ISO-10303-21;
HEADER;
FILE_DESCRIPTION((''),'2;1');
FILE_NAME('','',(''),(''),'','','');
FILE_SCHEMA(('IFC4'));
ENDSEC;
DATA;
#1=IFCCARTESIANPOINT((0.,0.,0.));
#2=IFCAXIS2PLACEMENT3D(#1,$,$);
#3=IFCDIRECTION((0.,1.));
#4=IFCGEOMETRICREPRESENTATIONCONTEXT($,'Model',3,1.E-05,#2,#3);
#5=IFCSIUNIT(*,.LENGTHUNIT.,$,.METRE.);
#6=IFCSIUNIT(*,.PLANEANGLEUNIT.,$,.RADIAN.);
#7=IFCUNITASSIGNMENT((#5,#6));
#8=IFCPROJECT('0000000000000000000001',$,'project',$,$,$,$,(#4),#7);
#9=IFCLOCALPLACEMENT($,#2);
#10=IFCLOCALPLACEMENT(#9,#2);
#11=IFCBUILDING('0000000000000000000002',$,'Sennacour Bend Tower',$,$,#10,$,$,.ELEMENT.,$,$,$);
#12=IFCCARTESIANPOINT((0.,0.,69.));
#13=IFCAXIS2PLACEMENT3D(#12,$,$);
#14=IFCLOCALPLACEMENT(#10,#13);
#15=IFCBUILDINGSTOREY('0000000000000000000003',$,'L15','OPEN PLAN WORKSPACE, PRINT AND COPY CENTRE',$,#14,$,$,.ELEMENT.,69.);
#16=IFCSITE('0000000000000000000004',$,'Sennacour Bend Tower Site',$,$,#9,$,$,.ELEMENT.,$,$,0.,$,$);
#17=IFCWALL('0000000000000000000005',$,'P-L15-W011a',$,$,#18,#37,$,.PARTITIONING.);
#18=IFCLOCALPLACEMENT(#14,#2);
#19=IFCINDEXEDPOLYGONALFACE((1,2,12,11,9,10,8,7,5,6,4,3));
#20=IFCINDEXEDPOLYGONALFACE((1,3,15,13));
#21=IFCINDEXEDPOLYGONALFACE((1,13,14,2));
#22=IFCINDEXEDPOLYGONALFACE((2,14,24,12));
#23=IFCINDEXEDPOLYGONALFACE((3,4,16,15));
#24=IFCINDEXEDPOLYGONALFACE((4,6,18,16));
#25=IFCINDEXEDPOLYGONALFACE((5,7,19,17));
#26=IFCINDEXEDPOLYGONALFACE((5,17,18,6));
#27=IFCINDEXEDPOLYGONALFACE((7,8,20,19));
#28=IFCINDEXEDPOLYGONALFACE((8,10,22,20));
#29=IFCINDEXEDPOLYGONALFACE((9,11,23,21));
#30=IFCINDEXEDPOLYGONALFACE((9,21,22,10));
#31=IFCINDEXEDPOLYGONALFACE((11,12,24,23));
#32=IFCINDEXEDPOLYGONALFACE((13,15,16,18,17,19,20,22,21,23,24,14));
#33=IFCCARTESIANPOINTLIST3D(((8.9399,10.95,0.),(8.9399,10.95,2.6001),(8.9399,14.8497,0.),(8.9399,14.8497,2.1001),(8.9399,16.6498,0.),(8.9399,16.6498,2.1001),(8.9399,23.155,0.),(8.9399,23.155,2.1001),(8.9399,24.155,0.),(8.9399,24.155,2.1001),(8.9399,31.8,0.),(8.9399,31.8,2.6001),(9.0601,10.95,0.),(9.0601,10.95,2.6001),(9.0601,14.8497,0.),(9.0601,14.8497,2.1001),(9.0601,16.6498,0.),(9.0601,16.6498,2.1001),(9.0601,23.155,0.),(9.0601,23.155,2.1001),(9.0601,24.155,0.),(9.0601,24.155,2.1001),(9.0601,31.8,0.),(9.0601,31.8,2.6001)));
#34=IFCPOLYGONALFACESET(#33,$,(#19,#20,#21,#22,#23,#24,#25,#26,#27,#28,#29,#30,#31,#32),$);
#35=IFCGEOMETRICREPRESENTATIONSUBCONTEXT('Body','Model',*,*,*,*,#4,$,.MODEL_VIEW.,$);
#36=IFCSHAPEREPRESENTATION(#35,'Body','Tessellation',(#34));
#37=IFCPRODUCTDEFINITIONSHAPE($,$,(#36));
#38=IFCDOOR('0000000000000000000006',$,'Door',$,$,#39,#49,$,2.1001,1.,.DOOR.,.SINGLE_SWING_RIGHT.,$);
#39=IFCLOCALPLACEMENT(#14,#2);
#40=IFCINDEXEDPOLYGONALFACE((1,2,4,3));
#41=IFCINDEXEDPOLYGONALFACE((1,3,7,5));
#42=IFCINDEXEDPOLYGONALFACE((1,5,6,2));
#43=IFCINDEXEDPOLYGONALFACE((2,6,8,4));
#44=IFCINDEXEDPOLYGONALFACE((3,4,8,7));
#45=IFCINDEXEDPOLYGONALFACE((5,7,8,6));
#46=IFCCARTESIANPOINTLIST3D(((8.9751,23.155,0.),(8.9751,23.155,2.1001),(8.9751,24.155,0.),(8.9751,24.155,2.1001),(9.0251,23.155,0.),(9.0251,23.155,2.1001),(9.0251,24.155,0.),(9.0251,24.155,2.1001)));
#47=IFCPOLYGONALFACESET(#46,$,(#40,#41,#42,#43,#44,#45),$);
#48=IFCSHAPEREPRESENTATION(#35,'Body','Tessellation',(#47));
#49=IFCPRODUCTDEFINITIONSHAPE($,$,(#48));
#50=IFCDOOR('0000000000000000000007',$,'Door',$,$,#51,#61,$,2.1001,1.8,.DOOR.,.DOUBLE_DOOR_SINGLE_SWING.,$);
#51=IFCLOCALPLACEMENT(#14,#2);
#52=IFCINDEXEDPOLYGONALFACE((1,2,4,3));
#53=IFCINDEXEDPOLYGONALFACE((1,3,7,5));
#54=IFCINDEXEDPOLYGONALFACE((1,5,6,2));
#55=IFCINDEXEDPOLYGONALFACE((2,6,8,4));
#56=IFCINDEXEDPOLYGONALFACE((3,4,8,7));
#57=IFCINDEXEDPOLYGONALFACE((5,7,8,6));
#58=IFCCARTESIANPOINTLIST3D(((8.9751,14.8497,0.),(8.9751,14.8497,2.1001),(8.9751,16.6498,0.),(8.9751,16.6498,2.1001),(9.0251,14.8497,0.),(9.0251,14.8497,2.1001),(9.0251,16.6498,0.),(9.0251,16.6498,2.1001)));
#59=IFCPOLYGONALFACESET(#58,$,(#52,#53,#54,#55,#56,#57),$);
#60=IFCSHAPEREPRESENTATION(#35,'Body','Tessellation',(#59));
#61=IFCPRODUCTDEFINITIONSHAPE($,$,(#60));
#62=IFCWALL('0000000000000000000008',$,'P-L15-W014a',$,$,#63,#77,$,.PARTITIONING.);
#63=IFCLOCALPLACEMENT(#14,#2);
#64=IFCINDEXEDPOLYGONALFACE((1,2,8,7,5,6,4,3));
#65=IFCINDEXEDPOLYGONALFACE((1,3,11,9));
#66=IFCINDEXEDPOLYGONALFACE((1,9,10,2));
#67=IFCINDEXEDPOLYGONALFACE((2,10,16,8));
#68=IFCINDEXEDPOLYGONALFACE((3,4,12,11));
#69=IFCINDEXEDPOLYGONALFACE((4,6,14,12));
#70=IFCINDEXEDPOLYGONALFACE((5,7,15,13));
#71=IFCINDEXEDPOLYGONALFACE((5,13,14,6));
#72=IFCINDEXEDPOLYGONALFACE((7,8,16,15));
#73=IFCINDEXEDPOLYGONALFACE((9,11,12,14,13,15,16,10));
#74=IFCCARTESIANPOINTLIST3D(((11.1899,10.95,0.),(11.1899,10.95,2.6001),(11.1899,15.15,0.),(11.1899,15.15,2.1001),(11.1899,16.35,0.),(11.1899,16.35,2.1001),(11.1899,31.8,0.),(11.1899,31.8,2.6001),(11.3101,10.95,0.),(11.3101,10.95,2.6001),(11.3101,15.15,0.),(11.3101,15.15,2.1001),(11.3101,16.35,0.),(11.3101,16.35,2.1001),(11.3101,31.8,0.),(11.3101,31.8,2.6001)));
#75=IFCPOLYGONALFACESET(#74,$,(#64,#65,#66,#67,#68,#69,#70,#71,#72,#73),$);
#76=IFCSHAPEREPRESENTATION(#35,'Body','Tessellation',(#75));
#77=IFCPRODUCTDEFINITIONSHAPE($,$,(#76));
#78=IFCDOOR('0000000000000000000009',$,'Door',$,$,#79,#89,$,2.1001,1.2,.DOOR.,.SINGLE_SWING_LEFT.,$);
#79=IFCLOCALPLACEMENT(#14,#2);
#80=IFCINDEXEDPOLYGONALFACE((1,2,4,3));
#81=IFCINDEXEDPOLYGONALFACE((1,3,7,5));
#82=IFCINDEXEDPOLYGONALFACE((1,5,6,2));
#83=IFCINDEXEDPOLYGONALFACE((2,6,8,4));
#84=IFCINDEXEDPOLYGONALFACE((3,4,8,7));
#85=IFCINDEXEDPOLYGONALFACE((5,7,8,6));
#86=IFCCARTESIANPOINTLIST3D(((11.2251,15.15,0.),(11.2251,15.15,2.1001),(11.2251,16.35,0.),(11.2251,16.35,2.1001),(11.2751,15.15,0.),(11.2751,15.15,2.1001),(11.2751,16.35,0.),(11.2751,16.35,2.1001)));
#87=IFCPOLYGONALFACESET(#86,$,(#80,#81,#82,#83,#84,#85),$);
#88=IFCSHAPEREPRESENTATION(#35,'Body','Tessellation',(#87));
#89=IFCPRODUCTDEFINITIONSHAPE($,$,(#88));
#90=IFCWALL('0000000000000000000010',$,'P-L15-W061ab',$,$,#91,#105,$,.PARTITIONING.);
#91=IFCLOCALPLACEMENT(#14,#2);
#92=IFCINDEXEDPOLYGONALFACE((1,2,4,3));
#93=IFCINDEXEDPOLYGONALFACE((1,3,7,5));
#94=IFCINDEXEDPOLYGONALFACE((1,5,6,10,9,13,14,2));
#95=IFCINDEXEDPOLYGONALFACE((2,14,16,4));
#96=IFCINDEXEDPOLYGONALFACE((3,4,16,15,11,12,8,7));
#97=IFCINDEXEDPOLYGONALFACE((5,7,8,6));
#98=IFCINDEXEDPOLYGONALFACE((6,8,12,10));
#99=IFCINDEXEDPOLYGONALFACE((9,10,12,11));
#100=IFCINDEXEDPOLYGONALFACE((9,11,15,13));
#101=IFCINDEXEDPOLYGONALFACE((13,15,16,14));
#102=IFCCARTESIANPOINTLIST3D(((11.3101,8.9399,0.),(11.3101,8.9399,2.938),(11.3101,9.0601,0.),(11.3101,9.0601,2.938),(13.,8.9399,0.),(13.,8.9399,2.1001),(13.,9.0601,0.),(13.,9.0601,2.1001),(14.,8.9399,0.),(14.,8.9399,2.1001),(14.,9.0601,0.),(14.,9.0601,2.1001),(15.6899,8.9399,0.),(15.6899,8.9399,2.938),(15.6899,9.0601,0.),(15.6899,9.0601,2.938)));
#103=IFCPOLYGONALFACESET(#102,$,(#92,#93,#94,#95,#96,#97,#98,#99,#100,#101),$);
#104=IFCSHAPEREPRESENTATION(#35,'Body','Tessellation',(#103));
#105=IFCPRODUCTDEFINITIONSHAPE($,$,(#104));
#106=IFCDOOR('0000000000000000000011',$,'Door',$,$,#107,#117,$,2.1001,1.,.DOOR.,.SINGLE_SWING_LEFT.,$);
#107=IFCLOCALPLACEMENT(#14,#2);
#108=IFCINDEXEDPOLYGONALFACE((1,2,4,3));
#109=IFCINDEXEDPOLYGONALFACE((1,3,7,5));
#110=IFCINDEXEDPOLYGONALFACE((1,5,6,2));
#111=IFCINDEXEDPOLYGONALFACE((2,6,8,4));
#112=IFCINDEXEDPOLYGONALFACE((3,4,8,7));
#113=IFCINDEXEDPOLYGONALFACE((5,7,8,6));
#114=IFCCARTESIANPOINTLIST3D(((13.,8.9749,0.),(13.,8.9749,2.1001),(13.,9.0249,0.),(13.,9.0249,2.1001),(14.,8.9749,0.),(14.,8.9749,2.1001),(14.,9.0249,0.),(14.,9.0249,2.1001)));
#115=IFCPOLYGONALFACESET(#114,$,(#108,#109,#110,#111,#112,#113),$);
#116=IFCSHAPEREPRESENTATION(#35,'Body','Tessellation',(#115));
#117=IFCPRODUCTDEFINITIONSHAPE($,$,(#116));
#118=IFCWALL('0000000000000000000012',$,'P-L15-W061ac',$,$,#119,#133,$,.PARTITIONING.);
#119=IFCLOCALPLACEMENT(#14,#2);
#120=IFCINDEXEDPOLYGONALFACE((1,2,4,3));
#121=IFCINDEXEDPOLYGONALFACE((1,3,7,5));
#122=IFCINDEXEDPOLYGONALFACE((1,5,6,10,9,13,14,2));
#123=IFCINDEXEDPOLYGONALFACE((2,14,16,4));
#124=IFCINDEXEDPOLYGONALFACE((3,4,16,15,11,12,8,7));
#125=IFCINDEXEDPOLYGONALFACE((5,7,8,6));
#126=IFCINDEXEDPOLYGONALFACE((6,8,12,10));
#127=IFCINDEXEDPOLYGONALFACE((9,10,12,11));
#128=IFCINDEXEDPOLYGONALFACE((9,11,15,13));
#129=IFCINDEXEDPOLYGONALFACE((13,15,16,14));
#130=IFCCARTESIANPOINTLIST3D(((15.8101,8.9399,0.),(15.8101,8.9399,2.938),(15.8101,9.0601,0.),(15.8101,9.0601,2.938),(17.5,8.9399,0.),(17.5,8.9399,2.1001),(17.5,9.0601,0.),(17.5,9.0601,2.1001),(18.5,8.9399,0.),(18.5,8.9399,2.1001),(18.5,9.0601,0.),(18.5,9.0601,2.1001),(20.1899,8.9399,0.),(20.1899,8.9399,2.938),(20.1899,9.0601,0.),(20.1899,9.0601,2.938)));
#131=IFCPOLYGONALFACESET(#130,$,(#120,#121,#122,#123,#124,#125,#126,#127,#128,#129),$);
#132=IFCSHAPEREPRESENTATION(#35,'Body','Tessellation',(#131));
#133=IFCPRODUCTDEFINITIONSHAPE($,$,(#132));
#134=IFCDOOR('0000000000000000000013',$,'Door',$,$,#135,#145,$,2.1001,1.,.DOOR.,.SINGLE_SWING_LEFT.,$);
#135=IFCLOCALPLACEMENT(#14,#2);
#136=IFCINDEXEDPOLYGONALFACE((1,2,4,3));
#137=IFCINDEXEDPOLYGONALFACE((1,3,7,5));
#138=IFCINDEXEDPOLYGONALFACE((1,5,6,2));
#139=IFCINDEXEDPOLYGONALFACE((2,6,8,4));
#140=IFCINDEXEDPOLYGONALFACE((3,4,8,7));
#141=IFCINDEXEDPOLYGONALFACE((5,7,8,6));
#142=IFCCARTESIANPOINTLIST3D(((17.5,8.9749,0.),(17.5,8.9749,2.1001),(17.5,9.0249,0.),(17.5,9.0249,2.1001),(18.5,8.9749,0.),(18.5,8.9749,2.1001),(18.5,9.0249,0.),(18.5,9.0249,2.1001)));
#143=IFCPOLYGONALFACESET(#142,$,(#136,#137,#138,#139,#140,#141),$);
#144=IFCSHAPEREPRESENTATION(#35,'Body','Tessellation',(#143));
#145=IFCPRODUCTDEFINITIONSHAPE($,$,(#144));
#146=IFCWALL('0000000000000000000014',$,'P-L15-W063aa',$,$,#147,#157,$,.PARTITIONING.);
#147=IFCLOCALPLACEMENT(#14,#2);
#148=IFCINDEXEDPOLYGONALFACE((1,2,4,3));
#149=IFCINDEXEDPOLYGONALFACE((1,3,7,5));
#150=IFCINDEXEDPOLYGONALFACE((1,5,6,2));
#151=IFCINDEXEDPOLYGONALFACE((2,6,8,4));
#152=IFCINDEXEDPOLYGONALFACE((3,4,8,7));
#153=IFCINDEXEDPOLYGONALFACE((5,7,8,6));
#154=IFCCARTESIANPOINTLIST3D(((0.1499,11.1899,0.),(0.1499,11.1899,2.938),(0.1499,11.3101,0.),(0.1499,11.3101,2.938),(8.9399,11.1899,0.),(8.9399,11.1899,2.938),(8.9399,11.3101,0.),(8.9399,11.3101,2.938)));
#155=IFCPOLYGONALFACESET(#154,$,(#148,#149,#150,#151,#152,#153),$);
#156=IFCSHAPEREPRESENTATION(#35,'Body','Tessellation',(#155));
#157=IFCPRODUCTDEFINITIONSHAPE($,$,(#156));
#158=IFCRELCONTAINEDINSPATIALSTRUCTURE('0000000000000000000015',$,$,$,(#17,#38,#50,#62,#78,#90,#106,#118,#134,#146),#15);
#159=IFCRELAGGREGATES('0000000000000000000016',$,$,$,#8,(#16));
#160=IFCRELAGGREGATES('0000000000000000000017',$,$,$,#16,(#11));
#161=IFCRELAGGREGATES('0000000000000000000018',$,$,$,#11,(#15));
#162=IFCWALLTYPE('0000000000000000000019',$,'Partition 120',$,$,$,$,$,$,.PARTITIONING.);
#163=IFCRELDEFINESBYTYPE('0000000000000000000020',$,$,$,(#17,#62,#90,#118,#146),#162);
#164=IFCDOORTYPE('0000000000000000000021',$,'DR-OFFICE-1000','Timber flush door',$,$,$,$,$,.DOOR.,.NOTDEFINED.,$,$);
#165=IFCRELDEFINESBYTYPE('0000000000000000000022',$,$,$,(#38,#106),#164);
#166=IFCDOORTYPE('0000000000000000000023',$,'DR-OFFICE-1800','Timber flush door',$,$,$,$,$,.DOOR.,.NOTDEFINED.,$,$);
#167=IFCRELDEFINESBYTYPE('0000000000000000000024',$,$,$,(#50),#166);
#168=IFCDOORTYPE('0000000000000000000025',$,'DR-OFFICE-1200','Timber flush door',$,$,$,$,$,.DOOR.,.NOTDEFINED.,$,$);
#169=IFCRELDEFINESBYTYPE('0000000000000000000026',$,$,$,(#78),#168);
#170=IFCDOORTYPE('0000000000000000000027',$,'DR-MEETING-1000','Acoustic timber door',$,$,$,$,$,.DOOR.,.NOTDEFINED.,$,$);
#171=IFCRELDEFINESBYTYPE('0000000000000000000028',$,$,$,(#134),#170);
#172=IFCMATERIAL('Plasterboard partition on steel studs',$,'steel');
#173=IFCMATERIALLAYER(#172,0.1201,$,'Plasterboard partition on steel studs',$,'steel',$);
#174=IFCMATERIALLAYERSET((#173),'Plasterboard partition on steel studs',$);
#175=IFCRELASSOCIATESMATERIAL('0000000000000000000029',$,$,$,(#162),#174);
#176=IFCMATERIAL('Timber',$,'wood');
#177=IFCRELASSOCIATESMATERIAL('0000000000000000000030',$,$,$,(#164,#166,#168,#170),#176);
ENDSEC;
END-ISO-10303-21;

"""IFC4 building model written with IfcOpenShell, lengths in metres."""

from ifc_helpers import new_model, si_unit, direction, frame, frame_2d, origin, place, context, subcontext, project, spatial, rectangle, extrude, material, layer, layer_set, type_object, element, fill, save


model = new_model("IFC4")

# Units and contexts
model_context = context("Model", 3, precision=1e-05, world=origin(), true_north=direction((0.0, 1.0)))
body_context = subcontext(model_context, "Body", "Model", "MODEL_VIEW")
ifc_project = project(units=[si_unit("LENGTHUNIT", "METRE"), si_unit("PLANEANGLEUNIT", "RADIAN")], contexts=[model_context])

# Site, building, storey
site_placement = place(None, origin())
site = spatial("IfcSite", under=ifc_project, at=site_placement, Name="Sennacour Bend Tower Site", CompositionType="ELEMENT", RefElevation=0.0)
building_placement = place(site_placement, origin())
building = spatial("IfcBuilding", under=site, at=building_placement, Name="Sennacour Bend Tower", CompositionType="ELEMENT")
storey_placement = place(building_placement, frame((0.0, 0.0, 69.0)))
storey = spatial("IfcBuildingStorey", under=building, at=storey_placement, Name="L15", Description="OPEN PLAN WORKSPACE, PRINT AND COPY CENTRE", CompositionType="ELEMENT", Elevation=69.0)

# Wall, openings, doors
ifc_material_1 = material(Name="Plasterboard partition on steel studs", Category="steel")
ifc_layer_1 = layer(ifc_material_1, 0.1201, Name="Plasterboard partition on steel studs", Category="steel")
ifc_layer_set_1 = layer_set([ifc_layer_1], Name="Plasterboard partition on steel studs")
wall_type_1 = type_object("IfcWallType", Name="Partition 120", PredefinedType="PARTITIONING", material=ifc_layer_set_1)
wall_1_placement = place(storey_placement, frame((9.0, 10.95, 0.0), z_axis=(0.0, 0.0, 1.0), x_axis=(0.0, 1.0, 0.0)))
wall_1 = element("IfcWall", 1, at=wall_1_placement, inside=storey, type_object=wall_type_1, Name="P-L15-W011a", PredefinedType="PARTITIONING", context=body_context, shape_type="SweptSolid", body=[
    extrude(rectangle(XDim=20.8501, YDim=0.1201, at=frame_2d((10.425, 0.0))), origin(), (0.0, 0.0, 1.0), 2.6001),
])
opening_1_placement = place(wall_1_placement, frame((3.8999, 0.0, 0.0)))
opening_1 = element("IfcOpeningElement", 2, at=opening_1_placement, cuts=wall_1, PredefinedType="OPENING", context=body_context, shape_type="SweptSolid", body=[
    extrude(rectangle(XDim=1.8, YDim=2.1001, at=frame_2d((0.8999, 1.05))), frame((0.0, 0.0701, 0.0), z_axis=(0.0, -1.0, 0.0), x_axis=(1.0, 0.0, 0.0)), (0.0, 0.0, 1.0), 0.1401),
])
opening_2_placement = place(wall_1_placement, frame((12.2051, 0.0, 0.0)))
opening_2 = element("IfcOpeningElement", 3, at=opening_2_placement, cuts=wall_1, PredefinedType="OPENING", context=body_context, shape_type="SweptSolid", body=[
    extrude(rectangle(XDim=1.0, YDim=2.1001, at=frame_2d((0.5, 1.05))), frame((0.0, 0.0701, 0.0), z_axis=(0.0, -1.0, 0.0), x_axis=(1.0, 0.0, 0.0)), (0.0, 0.0, 1.0), 0.1401),
])
ifc_material_2 = material(Name="Timber", Category="wood")
door_type_1 = type_object("IfcDoorType", Name="DR-OFFICE-1000", Description="Timber flush door", OperationType="NOTDEFINED", PredefinedType="DOOR", material=ifc_material_2)
door_1_placement = place(opening_2_placement, origin())
door_1 = element("IfcDoor", 4, at=door_1_placement, inside=storey, type_object=door_type_1, Name="Door", OperationType="SINGLE_SWING_RIGHT", OverallHeight=2.1001, OverallWidth=1.0, PredefinedType="DOOR", context=body_context, shape_type="SweptSolid", body=[
    extrude(rectangle(XDim=1.0, YDim=2.1001, at=frame_2d((0.5, 1.05))), frame((0.0, 0.0249, 0.0), z_axis=(0.0, -1.0, 0.0), x_axis=(1.0, 0.0, 0.0)), (0.0, 0.0, 1.0), 0.05),
])
fill(opening_2, door_1)
door_type_2 = type_object("IfcDoorType", Name="DR-OFFICE-1800", Description="Timber flush door", OperationType="NOTDEFINED", PredefinedType="DOOR", material=ifc_material_2)
door_2_placement = place(opening_1_placement, origin())
door_2 = element("IfcDoor", 5, at=door_2_placement, inside=storey, type_object=door_type_2, Name="Door", OperationType="DOUBLE_DOOR_SINGLE_SWING", OverallHeight=2.1001, OverallWidth=1.8, PredefinedType="DOOR", context=body_context, shape_type="SweptSolid", body=[
    extrude(rectangle(XDim=1.8, YDim=2.1001, at=frame_2d((0.8999, 1.05))), frame((0.0, 0.0249, 0.0), z_axis=(0.0, -1.0, 0.0), x_axis=(1.0, 0.0, 0.0)), (0.0, 0.0, 1.0), 0.05),
])
fill(opening_1, door_2)

# Walls, openings, doors
wall_2_placement = place(storey_placement, frame((11.25, 10.95, 0.0), z_axis=(0.0, 0.0, 1.0), x_axis=(0.0, 1.0, 0.0)))
wall_2 = element("IfcWall", 6, at=wall_2_placement, inside=storey, type_object=wall_type_1, Name="P-L15-W014a", PredefinedType="PARTITIONING", context=body_context, shape_type="SweptSolid", body=[
    extrude(rectangle(XDim=20.8501, YDim=0.1201, at=frame_2d((10.425, 0.0))), origin(), (0.0, 0.0, 1.0), 2.6001),
])
opening_3_placement = place(wall_2_placement, frame((4.2, 0.0, 0.0)))
opening_3 = element("IfcOpeningElement", 7, at=opening_3_placement, cuts=wall_2, PredefinedType="OPENING", context=body_context, shape_type="SweptSolid", body=[
    extrude(rectangle(XDim=1.2, YDim=2.1001, at=frame_2d((0.6001, 1.05))), frame((0.0, 0.0701, 0.0), z_axis=(0.0, -1.0, 0.0), x_axis=(1.0, 0.0, 0.0)), (0.0, 0.0, 1.0), 0.1401),
])
door_type_3 = type_object("IfcDoorType", Name="DR-OFFICE-1200", Description="Timber flush door", OperationType="NOTDEFINED", PredefinedType="DOOR", material=ifc_material_2)
door_3_placement = place(opening_3_placement, origin())
door_3 = element("IfcDoor", 8, at=door_3_placement, inside=storey, type_object=door_type_3, Name="Door", OperationType="SINGLE_SWING_LEFT", OverallHeight=2.1001, OverallWidth=1.2, PredefinedType="DOOR", context=body_context, shape_type="SweptSolid", body=[
    extrude(rectangle(XDim=1.2, YDim=2.1001, at=frame_2d((0.6001, 1.05))), frame((0.0, 0.0249, 0.0), z_axis=(0.0, -1.0, 0.0), x_axis=(1.0, 0.0, 0.0)), (0.0, 0.0, 1.0), 0.05),
])
fill(opening_3, door_3)
wall_3_placement = place(storey_placement, frame((11.3101, 9.0, 0.0), z_axis=(0.0, 0.0, 1.0), x_axis=(1.0, 0.0, 0.0)))
wall_3 = element("IfcWall", 9, at=wall_3_placement, inside=storey, type_object=wall_type_1, Name="P-L15-W061ab", PredefinedType="PARTITIONING", context=body_context, shape_type="SweptSolid", body=[
    extrude(rectangle(XDim=4.3799, YDim=0.1201, at=frame_2d((2.1899, 0.0))), origin(), (0.0, 0.0, 1.0), 2.938),
])
opening_4_placement = place(wall_3_placement, frame((1.6899, 0.0, 0.0)))
opening_4 = element("IfcOpeningElement", 10, at=opening_4_placement, cuts=wall_3, PredefinedType="OPENING", context=body_context, shape_type="SweptSolid", body=[
    extrude(rectangle(XDim=1.0, YDim=2.1001, at=frame_2d((0.5, 1.05))), frame((0.0, 0.0701, 0.0), z_axis=(0.0, -1.0, 0.0), x_axis=(1.0, 0.0, 0.0)), (0.0, 0.0, 1.0), 0.1401),
])
door_4_placement = place(opening_4_placement, origin())
door_4 = element("IfcDoor", 11, at=door_4_placement, inside=storey, type_object=door_type_1, Name="Door", OperationType="SINGLE_SWING_LEFT", OverallHeight=2.1001, OverallWidth=1.0, PredefinedType="DOOR", context=body_context, shape_type="SweptSolid", body=[
    extrude(rectangle(XDim=1.0, YDim=2.1001, at=frame_2d((0.5, 1.05))), frame((0.0, 0.0249, 0.0), z_axis=(0.0, -1.0, 0.0), x_axis=(1.0, 0.0, 0.0)), (0.0, 0.0, 1.0), 0.05),
])
fill(opening_4, door_4)
wall_4_placement = place(storey_placement, frame((15.8101, 9.0, 0.0), z_axis=(0.0, 0.0, 1.0), x_axis=(1.0, 0.0, 0.0)))
wall_4 = element("IfcWall", 12, at=wall_4_placement, inside=storey, type_object=wall_type_1, Name="P-L15-W061ac", PredefinedType="PARTITIONING", context=body_context, shape_type="SweptSolid", body=[
    extrude(rectangle(XDim=4.3799, YDim=0.1201, at=frame_2d((2.1899, 0.0))), origin(), (0.0, 0.0, 1.0), 2.938),
])
opening_5_placement = place(wall_4_placement, frame((1.6899, 0.0, 0.0)))
opening_5 = element("IfcOpeningElement", 13, at=opening_5_placement, cuts=wall_4, PredefinedType="OPENING", context=body_context, shape_type="SweptSolid", body=[
    extrude(rectangle(XDim=1.0, YDim=2.1001, at=frame_2d((0.5, 1.05))), frame((0.0, 0.0701, 0.0), z_axis=(0.0, -1.0, 0.0), x_axis=(1.0, 0.0, 0.0)), (0.0, 0.0, 1.0), 0.1401),
])
door_type_4 = type_object("IfcDoorType", Name="DR-MEETING-1000", Description="Acoustic timber door", OperationType="NOTDEFINED", PredefinedType="DOOR", material=ifc_material_2)
door_5_placement = place(opening_5_placement, origin())
door_5 = element("IfcDoor", 14, at=door_5_placement, inside=storey, type_object=door_type_4, Name="Door", OperationType="SINGLE_SWING_LEFT", OverallHeight=2.1001, OverallWidth=1.0, PredefinedType="DOOR", context=body_context, shape_type="SweptSolid", body=[
    extrude(rectangle(XDim=1.0, YDim=2.1001, at=frame_2d((0.5, 1.05))), frame((0.0, 0.0249, 0.0), z_axis=(0.0, -1.0, 0.0), x_axis=(1.0, 0.0, 0.0)), (0.0, 0.0, 1.0), 0.05),
])
fill(opening_5, door_5)

# Wall
wall_5_placement = place(storey_placement, frame((0.1499, 11.25, 0.0), z_axis=(0.0, 0.0, 1.0), x_axis=(1.0, 0.0, 0.0)))
element("IfcWall", 15, at=wall_5_placement, inside=storey, type_object=wall_type_1, Name="P-L15-W063aa", PredefinedType="PARTITIONING", context=body_context, shape_type="SweptSolid", body=[
    extrude(rectangle(XDim=8.79, YDim=0.1201, at=frame_2d((4.395, 0.0))), origin(), (0.0, 0.0, 1.0), 2.938),
])

save(model, "model.ifc")
